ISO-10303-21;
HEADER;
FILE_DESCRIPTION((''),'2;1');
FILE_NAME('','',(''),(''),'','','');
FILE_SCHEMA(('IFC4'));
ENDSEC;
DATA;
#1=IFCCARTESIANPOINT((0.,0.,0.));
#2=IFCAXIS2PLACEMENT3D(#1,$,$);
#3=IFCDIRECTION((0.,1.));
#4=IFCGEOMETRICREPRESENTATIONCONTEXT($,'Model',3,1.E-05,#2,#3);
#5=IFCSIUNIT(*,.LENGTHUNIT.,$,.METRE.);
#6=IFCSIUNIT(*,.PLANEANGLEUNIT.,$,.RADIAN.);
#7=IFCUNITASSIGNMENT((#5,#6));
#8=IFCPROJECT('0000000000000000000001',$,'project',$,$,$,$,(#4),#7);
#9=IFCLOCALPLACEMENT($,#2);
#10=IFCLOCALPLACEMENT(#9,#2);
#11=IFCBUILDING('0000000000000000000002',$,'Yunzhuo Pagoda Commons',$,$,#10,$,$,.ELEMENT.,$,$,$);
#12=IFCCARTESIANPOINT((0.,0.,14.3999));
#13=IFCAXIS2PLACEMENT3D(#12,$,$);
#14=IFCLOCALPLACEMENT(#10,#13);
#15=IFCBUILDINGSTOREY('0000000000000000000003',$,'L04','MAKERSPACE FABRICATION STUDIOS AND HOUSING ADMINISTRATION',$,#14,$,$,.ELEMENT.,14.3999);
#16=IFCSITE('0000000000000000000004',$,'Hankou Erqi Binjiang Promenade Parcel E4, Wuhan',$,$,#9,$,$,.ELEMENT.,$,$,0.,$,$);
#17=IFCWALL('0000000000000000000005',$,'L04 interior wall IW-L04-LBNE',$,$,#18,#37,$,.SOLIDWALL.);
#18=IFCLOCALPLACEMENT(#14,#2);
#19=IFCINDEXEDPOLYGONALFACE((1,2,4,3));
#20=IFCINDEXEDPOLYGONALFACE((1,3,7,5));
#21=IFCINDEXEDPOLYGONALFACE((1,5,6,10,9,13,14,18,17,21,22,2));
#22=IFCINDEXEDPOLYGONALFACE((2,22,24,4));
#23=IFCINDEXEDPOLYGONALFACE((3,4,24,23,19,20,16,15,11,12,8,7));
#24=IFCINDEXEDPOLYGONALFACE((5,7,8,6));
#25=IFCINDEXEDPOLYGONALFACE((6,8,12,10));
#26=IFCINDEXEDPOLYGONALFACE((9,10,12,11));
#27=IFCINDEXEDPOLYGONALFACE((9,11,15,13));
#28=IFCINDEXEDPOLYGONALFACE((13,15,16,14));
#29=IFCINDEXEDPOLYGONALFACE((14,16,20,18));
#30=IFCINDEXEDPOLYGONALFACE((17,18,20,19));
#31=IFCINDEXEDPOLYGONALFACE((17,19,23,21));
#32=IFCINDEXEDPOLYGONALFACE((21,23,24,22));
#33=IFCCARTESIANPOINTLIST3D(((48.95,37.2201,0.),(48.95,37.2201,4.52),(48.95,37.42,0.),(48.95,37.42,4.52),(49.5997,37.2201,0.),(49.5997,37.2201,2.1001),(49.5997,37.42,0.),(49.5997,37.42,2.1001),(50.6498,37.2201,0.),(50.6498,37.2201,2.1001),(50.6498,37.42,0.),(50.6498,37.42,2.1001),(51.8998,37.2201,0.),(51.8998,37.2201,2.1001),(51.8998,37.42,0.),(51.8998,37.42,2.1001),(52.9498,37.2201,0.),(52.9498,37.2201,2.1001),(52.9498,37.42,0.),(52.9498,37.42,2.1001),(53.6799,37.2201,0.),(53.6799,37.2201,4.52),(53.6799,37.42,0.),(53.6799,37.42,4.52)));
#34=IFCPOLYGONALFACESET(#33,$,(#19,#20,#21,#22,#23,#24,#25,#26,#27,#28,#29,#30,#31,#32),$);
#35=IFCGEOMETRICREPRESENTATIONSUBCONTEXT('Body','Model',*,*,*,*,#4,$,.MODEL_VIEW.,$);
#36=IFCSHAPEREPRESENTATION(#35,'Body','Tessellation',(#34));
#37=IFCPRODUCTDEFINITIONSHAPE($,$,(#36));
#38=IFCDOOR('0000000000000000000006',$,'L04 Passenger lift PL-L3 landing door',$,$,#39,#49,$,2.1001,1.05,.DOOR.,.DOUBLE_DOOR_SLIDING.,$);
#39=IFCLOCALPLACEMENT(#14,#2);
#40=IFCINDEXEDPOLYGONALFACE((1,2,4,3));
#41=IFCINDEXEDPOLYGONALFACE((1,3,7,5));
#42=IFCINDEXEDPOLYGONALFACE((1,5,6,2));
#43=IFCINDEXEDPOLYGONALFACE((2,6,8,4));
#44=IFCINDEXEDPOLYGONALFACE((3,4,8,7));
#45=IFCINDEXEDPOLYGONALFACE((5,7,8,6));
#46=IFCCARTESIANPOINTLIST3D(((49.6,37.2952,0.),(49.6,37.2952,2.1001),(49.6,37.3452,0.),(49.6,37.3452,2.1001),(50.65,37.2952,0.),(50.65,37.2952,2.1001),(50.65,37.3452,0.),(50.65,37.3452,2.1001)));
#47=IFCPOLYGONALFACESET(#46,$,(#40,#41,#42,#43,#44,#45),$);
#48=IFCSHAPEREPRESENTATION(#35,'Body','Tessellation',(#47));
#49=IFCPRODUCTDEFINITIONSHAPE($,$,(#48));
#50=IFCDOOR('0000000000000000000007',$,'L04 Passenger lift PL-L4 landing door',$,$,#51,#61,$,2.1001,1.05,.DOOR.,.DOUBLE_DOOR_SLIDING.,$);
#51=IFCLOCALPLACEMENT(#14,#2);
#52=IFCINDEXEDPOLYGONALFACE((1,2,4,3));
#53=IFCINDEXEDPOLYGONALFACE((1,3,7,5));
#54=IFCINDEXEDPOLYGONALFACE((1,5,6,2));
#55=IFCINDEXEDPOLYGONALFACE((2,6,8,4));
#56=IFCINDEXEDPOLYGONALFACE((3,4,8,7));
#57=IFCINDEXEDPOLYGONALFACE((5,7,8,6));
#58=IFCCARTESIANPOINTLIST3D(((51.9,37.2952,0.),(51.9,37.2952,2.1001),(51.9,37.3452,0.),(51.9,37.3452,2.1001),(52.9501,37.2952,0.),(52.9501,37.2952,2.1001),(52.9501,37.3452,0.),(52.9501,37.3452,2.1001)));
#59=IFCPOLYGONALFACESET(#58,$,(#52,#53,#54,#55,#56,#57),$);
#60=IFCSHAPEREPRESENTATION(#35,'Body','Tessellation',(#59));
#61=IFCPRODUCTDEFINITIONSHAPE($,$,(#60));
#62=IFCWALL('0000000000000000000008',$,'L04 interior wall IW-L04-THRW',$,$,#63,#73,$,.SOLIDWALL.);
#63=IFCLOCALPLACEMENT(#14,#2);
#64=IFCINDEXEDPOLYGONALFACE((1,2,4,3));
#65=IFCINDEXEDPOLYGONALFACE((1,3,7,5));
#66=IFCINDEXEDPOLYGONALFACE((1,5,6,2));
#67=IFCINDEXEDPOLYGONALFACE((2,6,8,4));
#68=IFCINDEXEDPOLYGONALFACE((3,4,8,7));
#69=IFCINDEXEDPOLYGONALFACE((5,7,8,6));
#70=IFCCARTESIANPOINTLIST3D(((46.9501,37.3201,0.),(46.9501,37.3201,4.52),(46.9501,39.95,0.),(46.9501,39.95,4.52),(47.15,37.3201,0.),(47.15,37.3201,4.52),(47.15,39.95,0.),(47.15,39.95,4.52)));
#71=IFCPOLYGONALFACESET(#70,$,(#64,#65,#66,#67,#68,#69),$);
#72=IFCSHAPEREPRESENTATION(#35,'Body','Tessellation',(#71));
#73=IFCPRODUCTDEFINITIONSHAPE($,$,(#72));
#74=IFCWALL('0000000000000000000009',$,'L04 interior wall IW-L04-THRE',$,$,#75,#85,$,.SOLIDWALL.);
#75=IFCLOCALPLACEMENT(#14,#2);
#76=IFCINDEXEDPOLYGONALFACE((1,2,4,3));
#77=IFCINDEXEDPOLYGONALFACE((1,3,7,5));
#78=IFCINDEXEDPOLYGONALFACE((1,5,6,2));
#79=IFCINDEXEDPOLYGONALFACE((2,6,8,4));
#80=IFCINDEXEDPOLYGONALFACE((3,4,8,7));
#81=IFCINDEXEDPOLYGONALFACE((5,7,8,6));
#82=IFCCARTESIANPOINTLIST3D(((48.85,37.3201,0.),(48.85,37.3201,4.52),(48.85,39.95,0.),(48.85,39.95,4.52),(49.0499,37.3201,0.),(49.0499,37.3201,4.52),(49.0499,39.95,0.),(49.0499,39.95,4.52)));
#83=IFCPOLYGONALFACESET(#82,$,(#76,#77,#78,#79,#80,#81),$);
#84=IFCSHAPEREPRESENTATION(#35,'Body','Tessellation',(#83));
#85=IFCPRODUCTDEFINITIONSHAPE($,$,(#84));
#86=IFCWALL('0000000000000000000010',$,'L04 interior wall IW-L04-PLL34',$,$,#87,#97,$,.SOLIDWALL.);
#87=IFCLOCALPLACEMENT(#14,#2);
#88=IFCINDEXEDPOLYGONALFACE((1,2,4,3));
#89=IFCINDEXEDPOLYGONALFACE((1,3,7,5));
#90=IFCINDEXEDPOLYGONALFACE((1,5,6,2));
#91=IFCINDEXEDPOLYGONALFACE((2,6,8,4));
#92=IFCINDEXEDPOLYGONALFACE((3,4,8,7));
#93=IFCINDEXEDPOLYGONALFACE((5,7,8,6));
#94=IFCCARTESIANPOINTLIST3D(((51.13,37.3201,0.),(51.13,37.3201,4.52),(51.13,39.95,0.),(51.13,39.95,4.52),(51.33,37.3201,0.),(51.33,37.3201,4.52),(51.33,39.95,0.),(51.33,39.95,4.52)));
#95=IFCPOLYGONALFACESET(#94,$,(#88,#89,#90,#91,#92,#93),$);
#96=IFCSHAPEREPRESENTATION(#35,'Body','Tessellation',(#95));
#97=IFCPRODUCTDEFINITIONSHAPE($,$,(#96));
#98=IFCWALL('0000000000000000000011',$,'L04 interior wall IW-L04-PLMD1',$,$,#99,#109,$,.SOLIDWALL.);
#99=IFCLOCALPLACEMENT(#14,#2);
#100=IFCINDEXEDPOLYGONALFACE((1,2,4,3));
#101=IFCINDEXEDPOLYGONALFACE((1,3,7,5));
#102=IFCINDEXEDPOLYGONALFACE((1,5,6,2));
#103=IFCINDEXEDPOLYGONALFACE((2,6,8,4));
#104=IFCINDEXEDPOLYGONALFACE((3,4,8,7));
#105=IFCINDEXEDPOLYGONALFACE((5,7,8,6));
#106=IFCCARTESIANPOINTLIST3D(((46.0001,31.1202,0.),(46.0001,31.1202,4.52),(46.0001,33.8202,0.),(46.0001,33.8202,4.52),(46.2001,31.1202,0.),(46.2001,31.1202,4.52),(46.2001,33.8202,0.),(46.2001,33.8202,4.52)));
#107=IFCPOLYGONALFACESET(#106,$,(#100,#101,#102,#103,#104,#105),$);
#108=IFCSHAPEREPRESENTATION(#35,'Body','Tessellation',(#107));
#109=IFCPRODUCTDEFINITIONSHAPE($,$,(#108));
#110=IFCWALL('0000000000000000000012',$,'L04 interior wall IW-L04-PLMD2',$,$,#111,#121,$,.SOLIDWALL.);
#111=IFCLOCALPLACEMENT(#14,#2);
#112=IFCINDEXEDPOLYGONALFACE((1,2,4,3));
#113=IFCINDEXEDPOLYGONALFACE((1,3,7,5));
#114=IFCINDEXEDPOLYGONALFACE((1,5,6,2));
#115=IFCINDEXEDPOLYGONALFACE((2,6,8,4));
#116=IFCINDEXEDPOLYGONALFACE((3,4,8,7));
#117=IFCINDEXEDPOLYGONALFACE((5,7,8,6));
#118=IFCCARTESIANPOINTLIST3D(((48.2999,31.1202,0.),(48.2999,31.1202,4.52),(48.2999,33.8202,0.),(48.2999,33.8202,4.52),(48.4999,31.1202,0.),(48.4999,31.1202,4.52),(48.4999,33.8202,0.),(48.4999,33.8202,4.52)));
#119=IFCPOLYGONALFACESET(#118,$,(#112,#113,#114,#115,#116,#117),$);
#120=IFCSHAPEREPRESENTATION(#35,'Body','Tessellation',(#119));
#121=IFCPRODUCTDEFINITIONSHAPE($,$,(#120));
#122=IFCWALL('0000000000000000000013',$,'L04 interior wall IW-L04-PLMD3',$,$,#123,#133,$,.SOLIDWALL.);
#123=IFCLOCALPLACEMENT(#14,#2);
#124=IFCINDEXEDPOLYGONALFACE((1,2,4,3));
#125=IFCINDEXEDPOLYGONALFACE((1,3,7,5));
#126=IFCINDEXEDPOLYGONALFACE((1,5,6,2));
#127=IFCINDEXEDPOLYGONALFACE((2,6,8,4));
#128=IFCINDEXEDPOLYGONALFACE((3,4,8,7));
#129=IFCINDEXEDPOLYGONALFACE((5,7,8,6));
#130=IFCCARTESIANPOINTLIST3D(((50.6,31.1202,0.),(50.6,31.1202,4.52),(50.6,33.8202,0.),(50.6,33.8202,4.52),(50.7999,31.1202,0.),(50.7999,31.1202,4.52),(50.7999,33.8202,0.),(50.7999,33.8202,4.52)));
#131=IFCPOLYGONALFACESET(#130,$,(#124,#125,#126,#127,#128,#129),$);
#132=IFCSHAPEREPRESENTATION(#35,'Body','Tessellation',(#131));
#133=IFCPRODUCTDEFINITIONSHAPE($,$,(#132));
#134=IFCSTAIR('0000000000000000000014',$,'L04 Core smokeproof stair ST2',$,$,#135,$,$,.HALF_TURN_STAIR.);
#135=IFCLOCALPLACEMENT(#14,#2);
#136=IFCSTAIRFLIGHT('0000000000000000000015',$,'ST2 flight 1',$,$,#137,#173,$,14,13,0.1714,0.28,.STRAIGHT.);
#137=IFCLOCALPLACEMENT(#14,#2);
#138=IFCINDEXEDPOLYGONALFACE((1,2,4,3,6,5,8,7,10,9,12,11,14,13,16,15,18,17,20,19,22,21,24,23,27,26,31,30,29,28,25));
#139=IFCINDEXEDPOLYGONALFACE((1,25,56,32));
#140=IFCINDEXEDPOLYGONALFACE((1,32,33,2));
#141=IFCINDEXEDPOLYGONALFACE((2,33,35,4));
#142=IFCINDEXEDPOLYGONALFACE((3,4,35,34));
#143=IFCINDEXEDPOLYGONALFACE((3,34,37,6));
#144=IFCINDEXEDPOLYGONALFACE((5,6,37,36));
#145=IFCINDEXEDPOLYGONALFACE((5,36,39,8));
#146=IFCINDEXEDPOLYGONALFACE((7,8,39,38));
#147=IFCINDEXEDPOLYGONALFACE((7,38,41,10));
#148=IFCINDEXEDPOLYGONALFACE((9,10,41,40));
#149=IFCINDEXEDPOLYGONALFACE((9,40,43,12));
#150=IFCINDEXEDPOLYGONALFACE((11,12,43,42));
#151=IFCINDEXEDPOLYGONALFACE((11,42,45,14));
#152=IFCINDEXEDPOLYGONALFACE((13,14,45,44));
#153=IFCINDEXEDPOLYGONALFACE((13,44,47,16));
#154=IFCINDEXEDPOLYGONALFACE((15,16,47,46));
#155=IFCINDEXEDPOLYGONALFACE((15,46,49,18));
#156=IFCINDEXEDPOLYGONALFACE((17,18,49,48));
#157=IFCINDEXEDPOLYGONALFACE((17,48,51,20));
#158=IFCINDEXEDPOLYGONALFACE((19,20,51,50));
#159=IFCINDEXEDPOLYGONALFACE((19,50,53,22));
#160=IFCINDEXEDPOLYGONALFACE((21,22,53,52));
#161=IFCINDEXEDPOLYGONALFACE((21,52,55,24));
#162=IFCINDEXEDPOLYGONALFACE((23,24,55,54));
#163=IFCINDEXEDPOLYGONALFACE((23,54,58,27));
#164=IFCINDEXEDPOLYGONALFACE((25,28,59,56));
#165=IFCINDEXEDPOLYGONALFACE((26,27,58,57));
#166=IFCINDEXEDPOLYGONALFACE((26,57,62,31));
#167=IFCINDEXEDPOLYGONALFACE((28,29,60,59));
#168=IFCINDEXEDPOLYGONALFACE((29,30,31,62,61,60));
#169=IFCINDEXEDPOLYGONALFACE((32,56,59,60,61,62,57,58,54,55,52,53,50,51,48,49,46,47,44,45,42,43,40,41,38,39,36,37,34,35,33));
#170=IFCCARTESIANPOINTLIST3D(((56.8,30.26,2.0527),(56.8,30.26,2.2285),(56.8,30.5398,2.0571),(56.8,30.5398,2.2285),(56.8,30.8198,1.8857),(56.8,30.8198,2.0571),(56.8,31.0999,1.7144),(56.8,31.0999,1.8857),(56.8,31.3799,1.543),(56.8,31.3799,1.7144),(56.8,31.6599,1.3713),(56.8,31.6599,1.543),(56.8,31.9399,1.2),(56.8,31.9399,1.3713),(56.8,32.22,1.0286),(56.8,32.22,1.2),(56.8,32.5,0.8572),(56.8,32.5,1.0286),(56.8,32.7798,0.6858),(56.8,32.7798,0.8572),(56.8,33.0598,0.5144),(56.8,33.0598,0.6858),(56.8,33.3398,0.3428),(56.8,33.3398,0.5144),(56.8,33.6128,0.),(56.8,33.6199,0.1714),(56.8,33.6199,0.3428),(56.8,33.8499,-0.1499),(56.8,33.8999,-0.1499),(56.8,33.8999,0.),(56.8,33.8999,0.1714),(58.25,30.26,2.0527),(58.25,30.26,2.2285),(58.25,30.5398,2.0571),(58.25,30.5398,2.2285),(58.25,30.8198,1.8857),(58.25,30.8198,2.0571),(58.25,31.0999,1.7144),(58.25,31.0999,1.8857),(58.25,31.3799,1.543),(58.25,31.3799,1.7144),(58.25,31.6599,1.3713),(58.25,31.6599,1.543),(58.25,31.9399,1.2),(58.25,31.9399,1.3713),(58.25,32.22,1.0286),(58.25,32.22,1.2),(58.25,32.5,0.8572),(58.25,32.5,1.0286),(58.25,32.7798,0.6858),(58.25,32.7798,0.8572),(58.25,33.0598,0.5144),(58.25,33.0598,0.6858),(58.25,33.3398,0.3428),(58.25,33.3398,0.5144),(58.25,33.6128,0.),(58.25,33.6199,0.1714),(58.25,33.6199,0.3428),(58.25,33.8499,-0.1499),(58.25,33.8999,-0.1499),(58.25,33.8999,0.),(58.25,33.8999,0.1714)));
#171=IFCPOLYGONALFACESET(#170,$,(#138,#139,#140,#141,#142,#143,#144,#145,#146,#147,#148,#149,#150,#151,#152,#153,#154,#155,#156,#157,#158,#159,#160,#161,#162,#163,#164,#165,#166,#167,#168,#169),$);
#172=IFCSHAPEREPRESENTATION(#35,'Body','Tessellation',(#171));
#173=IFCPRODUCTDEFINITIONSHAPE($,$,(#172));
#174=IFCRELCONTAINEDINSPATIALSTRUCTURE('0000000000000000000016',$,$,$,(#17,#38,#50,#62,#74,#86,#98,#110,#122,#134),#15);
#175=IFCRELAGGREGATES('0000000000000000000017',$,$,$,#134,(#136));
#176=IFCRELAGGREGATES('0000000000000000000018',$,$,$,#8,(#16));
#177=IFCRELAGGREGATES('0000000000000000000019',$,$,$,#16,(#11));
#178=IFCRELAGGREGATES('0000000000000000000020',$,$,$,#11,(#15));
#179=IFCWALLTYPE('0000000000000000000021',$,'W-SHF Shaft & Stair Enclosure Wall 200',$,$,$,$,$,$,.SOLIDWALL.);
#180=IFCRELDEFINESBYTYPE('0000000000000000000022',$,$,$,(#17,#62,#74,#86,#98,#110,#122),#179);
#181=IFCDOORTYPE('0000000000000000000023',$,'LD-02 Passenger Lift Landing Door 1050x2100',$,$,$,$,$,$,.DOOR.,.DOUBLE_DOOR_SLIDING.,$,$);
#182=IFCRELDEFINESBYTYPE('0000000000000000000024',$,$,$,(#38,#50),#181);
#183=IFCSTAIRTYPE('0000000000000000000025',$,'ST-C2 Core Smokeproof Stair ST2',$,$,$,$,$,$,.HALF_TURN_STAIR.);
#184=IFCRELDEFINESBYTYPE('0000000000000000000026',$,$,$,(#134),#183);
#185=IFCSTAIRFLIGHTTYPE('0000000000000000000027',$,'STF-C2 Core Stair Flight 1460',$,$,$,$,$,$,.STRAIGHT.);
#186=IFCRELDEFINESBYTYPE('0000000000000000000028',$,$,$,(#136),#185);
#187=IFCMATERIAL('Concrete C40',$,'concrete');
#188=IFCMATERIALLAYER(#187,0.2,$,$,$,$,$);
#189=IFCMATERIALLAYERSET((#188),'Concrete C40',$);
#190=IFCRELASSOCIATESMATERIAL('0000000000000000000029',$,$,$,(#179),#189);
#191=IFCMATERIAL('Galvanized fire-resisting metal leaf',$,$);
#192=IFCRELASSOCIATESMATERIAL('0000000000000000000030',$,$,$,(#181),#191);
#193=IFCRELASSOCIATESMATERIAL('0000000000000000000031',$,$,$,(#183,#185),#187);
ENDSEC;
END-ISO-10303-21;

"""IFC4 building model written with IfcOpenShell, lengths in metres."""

from ifc_helpers import new_model, si_unit, direction, frame, frame_2d, origin, place, context, subcontext, project, spatial, polyline, rectangle, outline, extrude, source, transform, mapped, material, layer, layer_set, type_object, element, fill, aggregate, save


model = new_model("IFC4")

# Units and contexts
model_context = context("Model", 3, precision=1e-05, world=origin(), true_north=direction((0.0, 1.0)))
body_context = subcontext(model_context, "Body", "Model", "MODEL_VIEW")
ifc_project = project(units=[si_unit("LENGTHUNIT", "METRE"), si_unit("PLANEANGLEUNIT", "RADIAN")], contexts=[model_context])

# Site, building, storey
site_placement = place(None, origin())
site = spatial("IfcSite", under=ifc_project, at=site_placement, Name="Hankou Erqi Binjiang Promenade Parcel E4, Wuhan", CompositionType="ELEMENT", RefElevation=0.0)
building_placement = place(site_placement, origin())
building = spatial("IfcBuilding", under=site, at=building_placement, Name="Yunzhuo Pagoda Commons", CompositionType="ELEMENT")
storey_placement = place(building_placement, frame((0.0, 0.0, 14.3999)))
storey = spatial("IfcBuildingStorey", under=building, at=storey_placement, Name="L04", Description="MAKERSPACE FABRICATION STUDIOS AND HOUSING ADMINISTRATION", CompositionType="ELEMENT", Elevation=14.3999)

# Shared definitions
ifc_material_1 = material(Name="Galvanized fire-resisting metal leaf")

# Shared definitions
shared_shape_1 = source(origin(), body_context, "Body", "SweptSolid", [
    extrude(rectangle(XDim=1.05, YDim=2.1001, at=frame_2d((0.5249, 1.05))), frame((0.0, 0.0249, 0.0), z_axis=(0.0, -1.0, 0.0), x_axis=(1.0, 0.0, 0.0)), (0.0, 0.0, 1.0), 0.05),
])

# Shared definitions
ifc_material_2 = material(Name="Concrete C40", Category="concrete")
ifc_layer_1 = layer(ifc_material_2, 0.2)
ifc_layer_set_1 = layer_set([ifc_layer_1], Name="Concrete C40")
wall_type_1 = type_object("IfcWallType", Name="W-SHF Shaft & Stair Enclosure Wall 200", PredefinedType="SOLIDWALL", material=ifc_layer_set_1)

# Wall, openings, doors
wall_1_placement = place(storey_placement, frame((48.95, 37.3201, 0.0), z_axis=(0.0, 0.0, 1.0), x_axis=(1.0, 0.0, 0.0)))
wall_1 = element("IfcWall", 1, at=wall_1_placement, inside=storey, type_object=wall_type_1, Name="L04 interior wall IW-L04-LBNE", PredefinedType="SOLIDWALL", context=body_context, shape_type="SweptSolid", body=[
    extrude(rectangle(XDim=4.73, YDim=0.2, at=frame_2d((2.365, 0.0))), origin(), (0.0, 0.0, 1.0), 4.52),
])
opening_1_placement = place(wall_1_placement, frame((0.6499, 0.0, 0.0)))
opening_1 = element("IfcOpeningElement", 2, at=opening_1_placement, cuts=wall_1, PredefinedType="OPENING", context=body_context, shape_type="SweptSolid", body=[
    extrude(rectangle(XDim=1.05, YDim=2.1001, at=frame_2d((0.5249, 1.05))), frame((0.0, 0.1099, 0.0), z_axis=(0.0, -1.0, 0.0), x_axis=(1.0, 0.0, 0.0)), (0.0, 0.0, 1.0), 0.22),
])
opening_2_placement = place(wall_1_placement, frame((2.95, 0.0, 0.0)))
opening_2 = element("IfcOpeningElement", 3, at=opening_2_placement, cuts=wall_1, PredefinedType="OPENING", context=body_context, shape_type="SweptSolid", body=[
    extrude(rectangle(XDim=1.05, YDim=2.1001, at=frame_2d((0.5249, 1.05))), frame((0.0, 0.1099, 0.0), z_axis=(0.0, -1.0, 0.0), x_axis=(1.0, 0.0, 0.0)), (0.0, 0.0, 1.0), 0.22),
])
door_type_1 = type_object("IfcDoorType", Name="LD-02 Passenger Lift Landing Door 1050x2100", OperationType="DOUBLE_DOOR_SLIDING", PredefinedType="DOOR", material=ifc_material_1)
door_1_placement = place(opening_1_placement, frame((1.05, 0.0, 0.0), z_axis=(0.0, 0.0, 1.0), x_axis=(-1.0, 0.0, 0.0)))
door_1 = element("IfcDoor", 4, at=door_1_placement, inside=storey, type_object=door_type_1, Name="L04 Passenger lift PL-L3 landing door", OperationType="DOUBLE_DOOR_SLIDING", OverallHeight=2.1001, OverallWidth=1.05, PredefinedType="DOOR", context=body_context, shape_type="MappedRepresentation", body=[
    mapped(shared_shape_1, transform((0.0, 0.0, 0.0), scale=1.0)),
])
fill(opening_1, door_1)
door_2_placement = place(opening_2_placement, frame((1.05, 0.0, 0.0), z_axis=(0.0, 0.0, 1.0), x_axis=(-1.0, 0.0, 0.0)))
door_2 = element("IfcDoor", 5, at=door_2_placement, inside=storey, type_object=door_type_1, Name="L04 Passenger lift PL-L4 landing door", OperationType="DOUBLE_DOOR_SLIDING", OverallHeight=2.1001, OverallWidth=1.05, PredefinedType="DOOR", context=body_context, shape_type="MappedRepresentation", body=[
    mapped(shared_shape_1, transform((0.0, 0.0, 0.0), scale=1.0)),
])
fill(opening_2, door_2)

# Walls
for number, where, z_axis, x_axis, name in (
    (6, (47.05, 37.3201, 0.0), (0.0, 0.0, 1.0), (0.0, 1.0, 0.0), "L04 interior wall IW-L04-THRW"),
    (7, (48.95, 37.3201, 0.0), (0.0, 0.0, 1.0), (0.0, 1.0, 0.0), "L04 interior wall IW-L04-THRE"),
    (8, (51.23, 37.3201, 0.0), (0.0, 0.0, 1.0), (0.0, 1.0, 0.0), "L04 interior wall IW-L04-PLL34"),
):
    element("IfcWall", number, at=place(storey_placement, frame(where, z_axis=z_axis, x_axis=x_axis)), inside=storey, type_object=wall_type_1, Name=name, PredefinedType="SOLIDWALL", context=body_context, shape_type="SweptSolid", body=[
        extrude(rectangle(XDim=2.6299, YDim=0.2, at=frame_2d((1.3149, 0.0))), origin(), (0.0, 0.0, 1.0), 4.52),
    ])
for number, where, z_axis, x_axis, name in (
    (9, (46.1001, 31.1201, 0.0), (0.0, 0.0, 1.0), (0.0, 1.0, 0.0), "L04 interior wall IW-L04-PLMD1"),
    (10, (48.3999, 31.1201, 0.0), (0.0, 0.0, 1.0), (0.0, 1.0, 0.0), "L04 interior wall IW-L04-PLMD2"),
    (11, (50.7, 31.1201, 0.0), (0.0, 0.0, 1.0), (0.0, 1.0, 0.0), "L04 interior wall IW-L04-PLMD3"),
):
    element("IfcWall", number, at=place(storey_placement, frame(where, z_axis=z_axis, x_axis=x_axis)), inside=storey, type_object=wall_type_1, Name=name, PredefinedType="SOLIDWALL", context=body_context, shape_type="SweptSolid", body=[
        extrude(rectangle(XDim=2.7, YDim=0.2, at=frame_2d((1.3501, 0.0))), origin(), (0.0, 0.0, 1.0), 4.52),
    ])

# Stair, stair flight
stair_type = type_object("IfcStairType", Name="ST-C2 Core Smokeproof Stair ST2", PredefinedType="HALF_TURN_STAIR", material=ifc_material_2)
stair_placement = place(storey_placement, origin())
stair = element("IfcStair", 12, at=stair_placement, inside=storey, type_object=stair_type, Name="L04 Core smokeproof stair ST2", PredefinedType="HALF_TURN_STAIR")
stair_flight_type = type_object("IfcStairFlightType", Name="STF-C2 Core Stair Flight 1460", PredefinedType="STRAIGHT", material=ifc_material_2)
shared_shape_2 = source(origin(), body_context, "Body", "SweptSolid", [
    extrude(outline(polyline([(0.0, -0.1499), (0.0, 0.0), (0.0, 0.1714), (0.28, 0.1714), (0.28, 0.3428), (0.5601, 0.3428), (0.5601, 0.5144), (0.8401, 0.5144), (0.8401, 0.6858), (1.1201, 0.6858), (1.1201, 0.8572), (1.3999, 0.8572), (1.3999, 1.0286), (1.6799, 1.0286), (1.6799, 1.2), (1.96, 1.2), (1.96, 1.3713), (2.24, 1.3713), (2.24, 1.543), (2.52, 1.543), (2.52, 1.7144), (2.8, 1.7144), (2.8, 1.8857), (3.0801, 1.8857), (3.0801, 2.0571), (3.3601, 2.0571), (3.3601, 2.2285), (3.6399, 2.2285), (3.6399, 2.3999), (3.6399, 2.0527), (0.2871, 0.0), (0.05, -0.1499), (0.0, -0.1499)])), frame((0.0, 0.7251, 0.0), z_axis=(0.0, -1.0, 0.0), x_axis=(1.0, 0.0, 0.0)), (0.0, 0.0, 1.0), 1.45),
])
stair_flight_1_placement = place(storey_placement, frame((57.5249, 33.8999, 0.0), z_axis=(0.0, 0.0, 1.0), x_axis=(0.0, -1.0, 0.0)))
stair_flight_1 = element("IfcStairFlight", 13, at=stair_flight_1_placement, type_object=stair_flight_type, Name="ST2 flight 1", NumberOfRisers=14, NumberOfTreads=13, PredefinedType="STRAIGHT", RiserHeight=0.1714, TreadLength=0.28, context=body_context, shape_type="MappedRepresentation", body=[
    mapped(shared_shape_2, transform((0.0, 0.0, 0.0), scale=1.0)),
])
aggregate(stair, [stair_flight_1])

save(model, "model.ifc")
